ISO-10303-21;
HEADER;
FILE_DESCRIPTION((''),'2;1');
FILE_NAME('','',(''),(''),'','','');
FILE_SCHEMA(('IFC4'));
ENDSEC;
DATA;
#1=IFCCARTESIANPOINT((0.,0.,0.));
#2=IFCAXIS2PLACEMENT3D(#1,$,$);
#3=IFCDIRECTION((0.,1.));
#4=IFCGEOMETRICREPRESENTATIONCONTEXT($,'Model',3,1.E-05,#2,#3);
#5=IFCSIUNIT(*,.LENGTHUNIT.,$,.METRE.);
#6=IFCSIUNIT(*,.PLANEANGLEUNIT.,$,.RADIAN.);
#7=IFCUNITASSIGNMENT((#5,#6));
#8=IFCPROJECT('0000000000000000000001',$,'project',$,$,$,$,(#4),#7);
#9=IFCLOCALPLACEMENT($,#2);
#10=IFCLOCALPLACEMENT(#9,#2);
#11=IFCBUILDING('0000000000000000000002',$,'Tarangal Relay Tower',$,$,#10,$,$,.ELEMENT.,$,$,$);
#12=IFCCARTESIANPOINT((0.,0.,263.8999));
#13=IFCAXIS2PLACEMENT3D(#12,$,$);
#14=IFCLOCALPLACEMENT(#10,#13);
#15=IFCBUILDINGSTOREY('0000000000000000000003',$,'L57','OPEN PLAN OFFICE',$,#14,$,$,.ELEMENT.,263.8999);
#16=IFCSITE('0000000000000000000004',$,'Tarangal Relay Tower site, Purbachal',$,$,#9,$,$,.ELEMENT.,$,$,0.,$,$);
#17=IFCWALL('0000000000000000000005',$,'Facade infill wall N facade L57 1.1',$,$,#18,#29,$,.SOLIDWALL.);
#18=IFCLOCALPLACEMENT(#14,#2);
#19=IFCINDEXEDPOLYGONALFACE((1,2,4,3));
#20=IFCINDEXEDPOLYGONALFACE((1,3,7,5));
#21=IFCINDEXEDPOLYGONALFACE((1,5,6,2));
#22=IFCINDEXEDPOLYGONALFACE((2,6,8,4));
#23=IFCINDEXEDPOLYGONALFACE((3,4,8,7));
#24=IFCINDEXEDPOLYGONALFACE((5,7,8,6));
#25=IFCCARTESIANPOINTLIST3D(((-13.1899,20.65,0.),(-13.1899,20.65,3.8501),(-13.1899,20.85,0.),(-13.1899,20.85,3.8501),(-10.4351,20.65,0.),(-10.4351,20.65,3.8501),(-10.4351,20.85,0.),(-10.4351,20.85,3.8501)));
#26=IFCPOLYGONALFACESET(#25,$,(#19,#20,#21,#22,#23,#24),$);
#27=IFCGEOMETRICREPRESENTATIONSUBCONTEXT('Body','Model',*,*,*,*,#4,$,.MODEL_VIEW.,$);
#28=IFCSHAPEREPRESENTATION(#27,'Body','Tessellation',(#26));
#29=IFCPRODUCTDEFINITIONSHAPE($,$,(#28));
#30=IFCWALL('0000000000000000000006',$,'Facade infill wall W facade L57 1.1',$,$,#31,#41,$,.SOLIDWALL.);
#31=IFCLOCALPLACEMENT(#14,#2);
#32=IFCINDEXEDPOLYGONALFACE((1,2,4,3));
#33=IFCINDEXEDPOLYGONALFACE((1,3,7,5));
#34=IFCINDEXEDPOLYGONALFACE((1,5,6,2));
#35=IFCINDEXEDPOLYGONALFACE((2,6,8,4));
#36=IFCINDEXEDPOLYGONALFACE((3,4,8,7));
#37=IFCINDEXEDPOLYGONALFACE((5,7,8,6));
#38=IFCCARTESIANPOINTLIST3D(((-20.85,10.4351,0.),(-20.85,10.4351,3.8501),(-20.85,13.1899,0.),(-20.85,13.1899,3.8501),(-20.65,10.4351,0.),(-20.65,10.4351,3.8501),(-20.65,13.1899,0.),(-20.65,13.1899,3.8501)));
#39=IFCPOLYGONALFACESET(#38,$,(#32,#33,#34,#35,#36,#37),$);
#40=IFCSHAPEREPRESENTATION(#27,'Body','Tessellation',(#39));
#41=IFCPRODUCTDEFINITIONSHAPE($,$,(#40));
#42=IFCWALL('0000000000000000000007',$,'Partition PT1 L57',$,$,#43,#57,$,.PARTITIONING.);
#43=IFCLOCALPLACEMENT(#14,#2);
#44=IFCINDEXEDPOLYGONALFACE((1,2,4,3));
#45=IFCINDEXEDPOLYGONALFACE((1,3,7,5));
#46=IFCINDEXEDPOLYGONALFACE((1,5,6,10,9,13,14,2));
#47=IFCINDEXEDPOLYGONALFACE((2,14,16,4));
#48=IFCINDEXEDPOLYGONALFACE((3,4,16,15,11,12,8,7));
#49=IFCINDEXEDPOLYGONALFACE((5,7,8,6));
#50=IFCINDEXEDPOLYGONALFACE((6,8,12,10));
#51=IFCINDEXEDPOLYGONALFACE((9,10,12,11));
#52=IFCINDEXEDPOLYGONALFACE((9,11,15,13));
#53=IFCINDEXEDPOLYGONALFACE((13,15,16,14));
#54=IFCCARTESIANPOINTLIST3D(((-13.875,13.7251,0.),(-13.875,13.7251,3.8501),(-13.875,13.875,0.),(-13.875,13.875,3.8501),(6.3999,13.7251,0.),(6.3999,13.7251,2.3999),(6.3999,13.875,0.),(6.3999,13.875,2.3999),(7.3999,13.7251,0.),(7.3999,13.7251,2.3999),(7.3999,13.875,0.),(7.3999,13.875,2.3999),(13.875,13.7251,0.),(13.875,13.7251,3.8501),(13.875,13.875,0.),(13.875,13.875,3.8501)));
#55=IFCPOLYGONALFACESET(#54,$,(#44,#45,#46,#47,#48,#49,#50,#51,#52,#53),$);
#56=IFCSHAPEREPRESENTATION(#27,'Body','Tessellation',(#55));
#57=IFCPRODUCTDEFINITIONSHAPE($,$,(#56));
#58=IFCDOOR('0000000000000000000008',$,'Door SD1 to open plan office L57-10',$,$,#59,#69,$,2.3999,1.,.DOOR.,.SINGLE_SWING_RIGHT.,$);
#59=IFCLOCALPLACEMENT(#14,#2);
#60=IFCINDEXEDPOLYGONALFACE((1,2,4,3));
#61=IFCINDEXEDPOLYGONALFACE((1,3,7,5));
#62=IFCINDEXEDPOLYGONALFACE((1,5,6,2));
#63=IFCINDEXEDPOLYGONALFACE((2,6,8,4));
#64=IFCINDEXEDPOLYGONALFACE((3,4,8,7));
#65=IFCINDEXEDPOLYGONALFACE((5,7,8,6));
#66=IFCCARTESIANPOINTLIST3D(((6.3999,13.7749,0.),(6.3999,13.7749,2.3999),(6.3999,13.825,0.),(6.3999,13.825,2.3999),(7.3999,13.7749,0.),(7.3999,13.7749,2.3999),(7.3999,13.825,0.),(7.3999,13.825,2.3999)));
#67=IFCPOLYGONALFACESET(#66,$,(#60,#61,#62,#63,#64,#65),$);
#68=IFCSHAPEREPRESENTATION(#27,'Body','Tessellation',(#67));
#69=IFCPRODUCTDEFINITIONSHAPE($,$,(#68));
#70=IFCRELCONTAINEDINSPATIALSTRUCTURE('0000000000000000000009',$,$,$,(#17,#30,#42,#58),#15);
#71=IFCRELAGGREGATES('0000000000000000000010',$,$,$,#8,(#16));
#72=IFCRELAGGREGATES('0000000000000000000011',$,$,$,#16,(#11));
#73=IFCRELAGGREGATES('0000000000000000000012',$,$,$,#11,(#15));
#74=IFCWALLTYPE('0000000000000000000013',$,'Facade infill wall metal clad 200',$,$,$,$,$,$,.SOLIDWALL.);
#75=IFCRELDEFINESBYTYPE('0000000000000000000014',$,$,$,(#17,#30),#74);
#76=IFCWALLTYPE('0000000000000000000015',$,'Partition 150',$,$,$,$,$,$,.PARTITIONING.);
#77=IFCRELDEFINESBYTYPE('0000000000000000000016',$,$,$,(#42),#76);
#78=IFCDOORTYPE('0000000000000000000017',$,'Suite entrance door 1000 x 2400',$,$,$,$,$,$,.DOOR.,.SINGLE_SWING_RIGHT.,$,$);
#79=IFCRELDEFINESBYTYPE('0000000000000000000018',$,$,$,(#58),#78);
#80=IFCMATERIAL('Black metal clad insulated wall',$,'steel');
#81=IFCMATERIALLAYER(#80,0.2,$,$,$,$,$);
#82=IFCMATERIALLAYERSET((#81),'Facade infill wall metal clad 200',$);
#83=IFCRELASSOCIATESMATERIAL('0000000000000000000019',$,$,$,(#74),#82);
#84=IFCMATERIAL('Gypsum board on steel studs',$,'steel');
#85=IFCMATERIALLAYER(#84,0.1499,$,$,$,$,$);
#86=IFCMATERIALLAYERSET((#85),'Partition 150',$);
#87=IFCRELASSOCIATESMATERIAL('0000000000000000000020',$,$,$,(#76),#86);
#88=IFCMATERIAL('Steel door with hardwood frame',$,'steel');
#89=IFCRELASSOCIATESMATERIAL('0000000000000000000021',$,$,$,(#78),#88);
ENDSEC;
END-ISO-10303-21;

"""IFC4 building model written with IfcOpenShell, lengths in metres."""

from ifc_helpers import new_model, si_unit, direction, frame, frame_2d, origin, place, context, subcontext, project, spatial, rectangle, extrude, material, layer, layer_set, type_object, element, fill, save


model = new_model("IFC4")

# Units and contexts
model_context = context("Model", 3, precision=1e-05, world=origin(), true_north=direction((0.0, 1.0)))
body_context = subcontext(model_context, "Body", "Model", "MODEL_VIEW")
ifc_project = project(units=[si_unit("LENGTHUNIT", "METRE"), si_unit("PLANEANGLEUNIT", "RADIAN")], contexts=[model_context])

# Site, building, storey
site_placement = place(None, origin())
site = spatial("IfcSite", under=ifc_project, at=site_placement, Name="Tarangal Relay Tower site, Purbachal", CompositionType="ELEMENT", RefElevation=0.0)
building_placement = place(site_placement, origin())
building = spatial("IfcBuilding", under=site, at=building_placement, Name="Tarangal Relay Tower", CompositionType="ELEMENT")
storey_placement = place(building_placement, frame((0.0, 0.0, 263.8999)))
storey = spatial("IfcBuildingStorey", under=building, at=storey_placement, Name="L57", Description="OPEN PLAN OFFICE", CompositionType="ELEMENT", Elevation=263.8999)

# Shared definitions
ifc_material_1 = material(Name="Steel door with hardwood frame", Category="steel")

# Shared definitions
ifc_material_2 = material(Name="Black metal clad insulated wall", Category="steel")

# Walls
ifc_layer_1 = layer(ifc_material_2, 0.2)
ifc_layer_set_1 = layer_set([ifc_layer_1], Name="Facade infill wall metal clad 200")
wall_type_1 = type_object("IfcWallType", Name="Facade infill wall metal clad 200", PredefinedType="SOLIDWALL", material=ifc_layer_set_1)
for number, where, z_axis, x_axis, name in (
    (1, (-13.1899, 20.75, 0.0), (0.0, 0.0, 1.0), (1.0, 0.0, 0.0), "Facade infill wall N facade L57 1.1"),
    (2, (-20.75, 10.4351, 0.0), (0.0, 0.0, 1.0), (0.0, 1.0, 0.0), "Facade infill wall W facade L57 1.1"),
):
    element("IfcWall", number, at=place(storey_placement, frame(where, z_axis=z_axis, x_axis=x_axis)), inside=storey, type_object=wall_type_1, Name=name, PredefinedType="SOLIDWALL", context=body_context, shape_type="SweptSolid", body=[
        extrude(rectangle(XDim=2.7549, YDim=0.2, at=frame_2d((1.3774, 0.0))), origin(), (0.0, 0.0, 1.0), 3.8501),
    ])

# Wall, opening, door
ifc_material_3 = material(Name="Gypsum board on steel studs", Category="steel")
ifc_layer_2 = layer(ifc_material_3, 0.1499)
ifc_layer_set_2 = layer_set([ifc_layer_2], Name="Partition 150")
wall_type_2 = type_object("IfcWallType", Name="Partition 150", PredefinedType="PARTITIONING", material=ifc_layer_set_2)
wall_1_placement = place(storey_placement, frame((-13.875, 13.8, 0.0), z_axis=(0.0, 0.0, 1.0), x_axis=(1.0, 0.0, 0.0)))
wall_1 = element("IfcWall", 3, at=wall_1_placement, inside=storey, type_object=wall_type_2, Name="Partition PT1 L57", PredefinedType="PARTITIONING", context=body_context, shape_type="SweptSolid", body=[
    extrude(rectangle(XDim=27.75, YDim=0.1499, at=frame_2d((13.875, 0.0))), origin(), (0.0, 0.0, 1.0), 3.8501),
])
opening_1_placement = place(wall_1_placement, frame((20.2749, 0.0, 0.0)))
opening_1 = element("IfcOpeningElement", 4, at=opening_1_placement, cuts=wall_1, PredefinedType="OPENING", context=body_context, shape_type="SweptSolid", body=[
    extrude(rectangle(XDim=1.0, YDim=2.3999, at=frame_2d((0.5, 1.2))), frame((0.0, 0.085, 0.0), z_axis=(0.0, -1.0, 0.0), x_axis=(1.0, 0.0, 0.0)), (0.0, 0.0, 1.0), 0.1699),
])
door_type_1 = type_object("IfcDoorType", Name="Suite entrance door 1000 x 2400", OperationType="SINGLE_SWING_RIGHT", PredefinedType="DOOR", material=ifc_material_1)
door_1_placement = place(opening_1_placement, origin())
door_1 = element("IfcDoor", 5, at=door_1_placement, inside=storey, type_object=door_type_1, Name="Door SD1 to open plan office L57-10", OperationType="SINGLE_SWING_RIGHT", OverallHeight=2.3999, OverallWidth=1.0, PredefinedType="DOOR", context=body_context, shape_type="SweptSolid", body=[
    extrude(rectangle(XDim=1.0, YDim=2.3999, at=frame_2d((0.5, 1.2))), frame((0.0, 0.0249, 0.0), z_axis=(0.0, -1.0, 0.0), x_axis=(1.0, 0.0, 0.0)), (0.0, 0.0, 1.0), 0.05),
])
fill(opening_1, door_1)

save(model, "model.ifc")
